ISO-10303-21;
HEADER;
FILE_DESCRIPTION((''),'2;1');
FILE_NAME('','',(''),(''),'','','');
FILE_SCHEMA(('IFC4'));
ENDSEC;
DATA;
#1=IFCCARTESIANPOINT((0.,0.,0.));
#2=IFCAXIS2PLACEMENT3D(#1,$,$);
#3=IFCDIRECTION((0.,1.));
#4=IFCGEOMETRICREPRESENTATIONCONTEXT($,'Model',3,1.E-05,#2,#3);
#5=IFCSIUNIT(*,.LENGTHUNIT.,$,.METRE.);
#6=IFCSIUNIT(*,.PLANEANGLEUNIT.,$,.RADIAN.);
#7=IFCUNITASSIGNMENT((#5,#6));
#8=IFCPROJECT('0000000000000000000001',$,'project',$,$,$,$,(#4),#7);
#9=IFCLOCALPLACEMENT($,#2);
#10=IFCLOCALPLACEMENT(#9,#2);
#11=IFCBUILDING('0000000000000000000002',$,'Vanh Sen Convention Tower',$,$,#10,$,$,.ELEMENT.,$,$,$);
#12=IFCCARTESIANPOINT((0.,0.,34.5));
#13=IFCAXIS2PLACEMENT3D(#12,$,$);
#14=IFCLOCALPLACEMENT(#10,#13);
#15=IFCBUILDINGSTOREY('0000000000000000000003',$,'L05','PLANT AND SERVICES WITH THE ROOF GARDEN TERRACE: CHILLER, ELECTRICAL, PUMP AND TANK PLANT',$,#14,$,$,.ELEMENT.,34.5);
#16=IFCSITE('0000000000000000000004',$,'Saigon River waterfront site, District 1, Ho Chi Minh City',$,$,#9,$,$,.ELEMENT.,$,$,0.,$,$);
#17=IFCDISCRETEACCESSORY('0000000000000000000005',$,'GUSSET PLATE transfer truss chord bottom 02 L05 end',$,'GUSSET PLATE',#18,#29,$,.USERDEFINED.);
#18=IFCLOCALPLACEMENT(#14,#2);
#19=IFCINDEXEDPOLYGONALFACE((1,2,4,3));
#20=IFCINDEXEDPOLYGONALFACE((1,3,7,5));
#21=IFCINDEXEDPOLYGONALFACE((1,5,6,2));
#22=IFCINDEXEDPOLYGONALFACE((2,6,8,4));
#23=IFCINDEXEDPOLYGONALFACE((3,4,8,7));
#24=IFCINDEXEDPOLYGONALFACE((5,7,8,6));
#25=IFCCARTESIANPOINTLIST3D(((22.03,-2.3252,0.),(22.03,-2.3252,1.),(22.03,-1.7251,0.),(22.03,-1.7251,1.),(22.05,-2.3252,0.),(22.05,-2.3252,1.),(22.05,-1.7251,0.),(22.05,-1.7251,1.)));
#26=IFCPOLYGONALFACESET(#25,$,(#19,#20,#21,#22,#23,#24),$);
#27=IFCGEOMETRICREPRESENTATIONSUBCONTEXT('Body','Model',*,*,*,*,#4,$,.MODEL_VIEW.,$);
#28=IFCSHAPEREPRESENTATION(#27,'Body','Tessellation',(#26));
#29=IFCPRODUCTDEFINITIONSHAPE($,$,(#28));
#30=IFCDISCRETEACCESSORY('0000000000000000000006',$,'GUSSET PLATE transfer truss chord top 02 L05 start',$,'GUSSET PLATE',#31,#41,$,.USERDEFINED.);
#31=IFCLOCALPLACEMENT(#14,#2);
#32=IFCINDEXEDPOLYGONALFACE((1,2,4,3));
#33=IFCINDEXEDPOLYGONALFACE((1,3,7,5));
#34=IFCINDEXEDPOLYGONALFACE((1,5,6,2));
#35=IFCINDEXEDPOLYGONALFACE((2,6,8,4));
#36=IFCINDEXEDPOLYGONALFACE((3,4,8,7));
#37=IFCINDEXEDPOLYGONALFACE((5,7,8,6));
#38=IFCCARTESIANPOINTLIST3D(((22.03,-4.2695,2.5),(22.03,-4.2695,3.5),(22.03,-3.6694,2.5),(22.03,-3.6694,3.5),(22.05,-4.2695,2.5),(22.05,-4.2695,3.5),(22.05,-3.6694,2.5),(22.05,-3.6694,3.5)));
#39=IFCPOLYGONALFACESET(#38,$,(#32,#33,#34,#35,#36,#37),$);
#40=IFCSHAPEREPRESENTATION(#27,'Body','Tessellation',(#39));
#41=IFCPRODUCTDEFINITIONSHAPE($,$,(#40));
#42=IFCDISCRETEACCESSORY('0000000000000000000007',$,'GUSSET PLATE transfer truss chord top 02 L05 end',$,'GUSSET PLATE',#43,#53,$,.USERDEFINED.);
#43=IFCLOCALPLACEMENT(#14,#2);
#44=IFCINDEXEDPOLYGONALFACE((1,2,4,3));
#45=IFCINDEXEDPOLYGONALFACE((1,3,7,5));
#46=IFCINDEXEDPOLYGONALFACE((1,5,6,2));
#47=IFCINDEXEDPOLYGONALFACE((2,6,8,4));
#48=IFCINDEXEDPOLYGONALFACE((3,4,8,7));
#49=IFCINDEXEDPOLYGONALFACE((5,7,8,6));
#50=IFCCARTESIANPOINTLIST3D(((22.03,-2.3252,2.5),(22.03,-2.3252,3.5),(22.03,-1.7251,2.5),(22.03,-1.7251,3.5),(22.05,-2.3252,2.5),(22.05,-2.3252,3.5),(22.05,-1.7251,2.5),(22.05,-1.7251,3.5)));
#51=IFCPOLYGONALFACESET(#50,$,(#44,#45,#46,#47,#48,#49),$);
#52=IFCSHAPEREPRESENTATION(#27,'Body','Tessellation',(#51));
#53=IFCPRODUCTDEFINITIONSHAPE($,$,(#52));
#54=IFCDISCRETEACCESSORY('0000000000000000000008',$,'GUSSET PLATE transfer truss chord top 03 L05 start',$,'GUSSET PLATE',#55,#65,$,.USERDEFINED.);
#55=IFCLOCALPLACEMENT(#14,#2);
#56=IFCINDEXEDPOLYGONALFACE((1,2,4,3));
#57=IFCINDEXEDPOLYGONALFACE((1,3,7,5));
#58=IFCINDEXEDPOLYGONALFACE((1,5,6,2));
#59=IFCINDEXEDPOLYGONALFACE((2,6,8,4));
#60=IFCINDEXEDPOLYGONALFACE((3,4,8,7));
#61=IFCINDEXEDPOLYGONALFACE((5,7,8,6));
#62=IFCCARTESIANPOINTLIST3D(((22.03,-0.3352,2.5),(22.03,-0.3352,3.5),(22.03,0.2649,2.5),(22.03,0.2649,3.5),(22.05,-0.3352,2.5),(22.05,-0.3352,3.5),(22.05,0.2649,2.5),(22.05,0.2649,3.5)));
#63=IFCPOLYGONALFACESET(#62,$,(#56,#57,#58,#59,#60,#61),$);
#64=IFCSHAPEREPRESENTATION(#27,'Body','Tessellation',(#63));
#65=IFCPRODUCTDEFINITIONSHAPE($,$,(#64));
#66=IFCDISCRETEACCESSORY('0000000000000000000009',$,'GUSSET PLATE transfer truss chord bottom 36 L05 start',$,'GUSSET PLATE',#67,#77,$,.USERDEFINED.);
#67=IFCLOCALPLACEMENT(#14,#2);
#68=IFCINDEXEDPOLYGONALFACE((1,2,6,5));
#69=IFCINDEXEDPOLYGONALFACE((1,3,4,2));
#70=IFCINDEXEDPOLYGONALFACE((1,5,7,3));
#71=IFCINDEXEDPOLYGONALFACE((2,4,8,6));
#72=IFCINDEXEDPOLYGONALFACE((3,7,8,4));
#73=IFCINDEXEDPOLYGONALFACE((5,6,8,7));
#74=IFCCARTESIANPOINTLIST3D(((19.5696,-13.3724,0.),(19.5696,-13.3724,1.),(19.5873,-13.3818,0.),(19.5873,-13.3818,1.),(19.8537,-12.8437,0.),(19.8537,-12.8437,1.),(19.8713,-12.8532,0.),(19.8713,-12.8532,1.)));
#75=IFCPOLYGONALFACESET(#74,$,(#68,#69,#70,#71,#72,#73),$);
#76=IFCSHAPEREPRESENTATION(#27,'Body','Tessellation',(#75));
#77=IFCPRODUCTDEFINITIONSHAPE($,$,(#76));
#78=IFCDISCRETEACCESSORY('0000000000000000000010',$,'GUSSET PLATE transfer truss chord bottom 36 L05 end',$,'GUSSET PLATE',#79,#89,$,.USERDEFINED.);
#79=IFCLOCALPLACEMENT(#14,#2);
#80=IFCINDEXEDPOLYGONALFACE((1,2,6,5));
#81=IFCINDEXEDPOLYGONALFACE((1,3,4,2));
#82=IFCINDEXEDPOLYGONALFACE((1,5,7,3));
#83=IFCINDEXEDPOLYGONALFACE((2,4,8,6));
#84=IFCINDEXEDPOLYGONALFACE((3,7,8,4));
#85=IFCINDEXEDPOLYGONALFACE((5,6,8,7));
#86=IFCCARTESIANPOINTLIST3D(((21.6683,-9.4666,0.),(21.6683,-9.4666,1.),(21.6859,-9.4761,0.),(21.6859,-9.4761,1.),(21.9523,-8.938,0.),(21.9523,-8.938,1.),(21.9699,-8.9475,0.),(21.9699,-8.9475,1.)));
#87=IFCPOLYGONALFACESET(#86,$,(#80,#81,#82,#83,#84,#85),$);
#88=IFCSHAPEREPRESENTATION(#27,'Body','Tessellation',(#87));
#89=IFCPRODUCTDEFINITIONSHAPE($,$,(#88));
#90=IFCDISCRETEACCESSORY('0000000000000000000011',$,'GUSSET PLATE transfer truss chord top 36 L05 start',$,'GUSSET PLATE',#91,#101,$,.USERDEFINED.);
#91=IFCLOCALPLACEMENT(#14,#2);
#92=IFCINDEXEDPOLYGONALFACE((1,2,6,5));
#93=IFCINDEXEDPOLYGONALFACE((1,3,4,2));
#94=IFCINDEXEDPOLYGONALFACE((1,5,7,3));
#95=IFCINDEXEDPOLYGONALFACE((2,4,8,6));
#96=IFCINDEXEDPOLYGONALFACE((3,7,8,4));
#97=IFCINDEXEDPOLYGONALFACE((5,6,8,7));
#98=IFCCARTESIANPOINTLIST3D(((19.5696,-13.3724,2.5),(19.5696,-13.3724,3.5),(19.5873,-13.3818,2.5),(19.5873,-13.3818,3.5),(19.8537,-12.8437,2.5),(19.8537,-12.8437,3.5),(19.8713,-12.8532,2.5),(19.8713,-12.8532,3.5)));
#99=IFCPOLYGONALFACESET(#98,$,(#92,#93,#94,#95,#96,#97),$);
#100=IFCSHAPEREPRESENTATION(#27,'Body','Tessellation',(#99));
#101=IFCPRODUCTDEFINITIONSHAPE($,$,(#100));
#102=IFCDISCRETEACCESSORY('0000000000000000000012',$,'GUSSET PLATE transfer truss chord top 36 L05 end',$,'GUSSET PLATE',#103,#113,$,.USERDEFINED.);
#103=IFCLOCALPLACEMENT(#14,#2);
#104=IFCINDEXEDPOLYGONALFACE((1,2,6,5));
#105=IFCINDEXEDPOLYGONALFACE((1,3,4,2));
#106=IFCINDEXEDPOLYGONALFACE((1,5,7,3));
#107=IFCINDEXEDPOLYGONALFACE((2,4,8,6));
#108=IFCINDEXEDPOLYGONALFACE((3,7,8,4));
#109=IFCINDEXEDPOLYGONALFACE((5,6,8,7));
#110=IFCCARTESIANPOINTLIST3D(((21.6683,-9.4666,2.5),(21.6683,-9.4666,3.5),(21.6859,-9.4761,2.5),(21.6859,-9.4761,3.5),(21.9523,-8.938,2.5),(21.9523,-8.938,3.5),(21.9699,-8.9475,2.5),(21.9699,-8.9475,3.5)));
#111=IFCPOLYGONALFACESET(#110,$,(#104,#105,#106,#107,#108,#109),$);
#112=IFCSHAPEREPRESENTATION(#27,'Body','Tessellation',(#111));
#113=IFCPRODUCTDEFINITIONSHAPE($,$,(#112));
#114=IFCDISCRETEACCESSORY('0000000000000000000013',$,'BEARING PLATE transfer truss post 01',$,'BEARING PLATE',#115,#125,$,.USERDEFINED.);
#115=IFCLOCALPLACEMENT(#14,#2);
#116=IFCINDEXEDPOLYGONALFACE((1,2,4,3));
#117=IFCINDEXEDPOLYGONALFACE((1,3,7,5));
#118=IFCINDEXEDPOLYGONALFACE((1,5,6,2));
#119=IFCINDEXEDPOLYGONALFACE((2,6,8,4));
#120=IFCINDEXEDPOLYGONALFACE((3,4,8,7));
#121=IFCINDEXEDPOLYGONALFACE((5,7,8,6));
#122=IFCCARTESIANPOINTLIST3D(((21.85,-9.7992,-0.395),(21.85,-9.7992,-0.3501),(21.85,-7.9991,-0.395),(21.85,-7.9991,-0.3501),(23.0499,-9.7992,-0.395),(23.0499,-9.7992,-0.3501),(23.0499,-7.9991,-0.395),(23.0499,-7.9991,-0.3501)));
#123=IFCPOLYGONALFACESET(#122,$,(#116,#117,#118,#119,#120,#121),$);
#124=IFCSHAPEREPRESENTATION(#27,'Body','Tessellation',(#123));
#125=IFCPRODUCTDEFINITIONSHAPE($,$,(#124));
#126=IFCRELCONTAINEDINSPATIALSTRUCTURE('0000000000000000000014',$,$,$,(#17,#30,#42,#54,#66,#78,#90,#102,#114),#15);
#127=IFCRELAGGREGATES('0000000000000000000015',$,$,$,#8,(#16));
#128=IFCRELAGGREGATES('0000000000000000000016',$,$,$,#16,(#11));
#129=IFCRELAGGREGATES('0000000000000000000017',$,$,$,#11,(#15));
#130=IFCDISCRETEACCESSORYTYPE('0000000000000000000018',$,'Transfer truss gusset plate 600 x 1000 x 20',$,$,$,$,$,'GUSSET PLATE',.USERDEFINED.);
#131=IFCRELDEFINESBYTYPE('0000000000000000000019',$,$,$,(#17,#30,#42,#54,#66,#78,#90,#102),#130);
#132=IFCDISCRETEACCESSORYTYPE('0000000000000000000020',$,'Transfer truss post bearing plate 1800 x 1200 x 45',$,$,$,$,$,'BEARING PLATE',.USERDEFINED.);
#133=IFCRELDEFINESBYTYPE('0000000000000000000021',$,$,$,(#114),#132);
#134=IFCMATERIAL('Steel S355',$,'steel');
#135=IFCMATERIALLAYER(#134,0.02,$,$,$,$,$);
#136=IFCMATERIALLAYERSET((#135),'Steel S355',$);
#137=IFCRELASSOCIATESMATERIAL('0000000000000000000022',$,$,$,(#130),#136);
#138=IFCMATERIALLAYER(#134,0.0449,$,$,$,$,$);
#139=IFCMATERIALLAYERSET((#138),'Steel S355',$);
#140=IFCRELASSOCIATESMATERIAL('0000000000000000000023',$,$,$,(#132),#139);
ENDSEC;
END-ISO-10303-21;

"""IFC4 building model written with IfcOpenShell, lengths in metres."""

from ifc_helpers import new_model, si_unit, direction, frame, origin, origin_2d, place, context, subcontext, project, spatial, rectangle, extrude, material, layer, layer_set, type_object, element, save


model = new_model("IFC4")

# Units and contexts
model_context = context("Model", 3, precision=1e-05, world=origin(), true_north=direction((0.0, 1.0)))
body_context = subcontext(model_context, "Body", "Model", "MODEL_VIEW")
ifc_project = project(units=[si_unit("LENGTHUNIT", "METRE"), si_unit("PLANEANGLEUNIT", "RADIAN")], contexts=[model_context])

# Site, building, storey
site_placement = place(None, origin())
site = spatial("IfcSite", under=ifc_project, at=site_placement, Name="Saigon River waterfront site, District 1, Ho Chi Minh City", CompositionType="ELEMENT", RefElevation=0.0)
building_placement = place(site_placement, origin())
building = spatial("IfcBuilding", under=site, at=building_placement, Name="Vanh Sen Convention Tower", CompositionType="ELEMENT")
storey_placement = place(building_placement, frame((0.0, 0.0, 34.5)))
storey = spatial("IfcBuildingStorey", under=building, at=storey_placement, Name="L05", Description="PLANT AND SERVICES WITH THE ROOF GARDEN TERRACE: CHILLER, ELECTRICAL, PUMP AND TANK PLANT", CompositionType="ELEMENT", Elevation=34.5)

# Shared definitions
ifc_material_1 = material(Name="Steel S355", Category="steel")

# Discrete accessories
ifc_layer_1 = layer(ifc_material_1, 0.02)
ifc_layer_set_1 = layer_set([ifc_layer_1], Name="Steel S355")
discrete_accessory_type_1 = type_object("IfcDiscreteAccessoryType", Name="Transfer truss gusset plate 600 x 1000 x 20", ElementType="GUSSET PLATE", PredefinedType="USERDEFINED", material=ifc_layer_set_1)
for number, where, z_axis, x_axis, name in (
    (1, (22.04, -2.0251, 0.0), (0.0, 0.0, 1.0), (0.0, -1.0, 0.0), "GUSSET PLATE transfer truss chord bottom 02 L05 end"),
    (2, (22.04, -3.9695, 2.5), (0.0, 0.0, 1.0), (0.0, 1.0, 0.0), "GUSSET PLATE transfer truss chord top 02 L05 start"),
    (3, (22.04, -2.0251, 2.5), (0.0, 0.0, 1.0), (0.0, -1.0, 0.0), "GUSSET PLATE transfer truss chord top 02 L05 end"),
    (4, (22.04, -0.0352, 2.5), (0.0, 0.0, 1.0), (0.0, 1.0, 0.0), "GUSSET PLATE transfer truss chord top 03 L05 start"),
    (5, (19.7205, -13.1128, 0.0), (0.0, 0.0, 1.0), (0.473323, 0.880889, 0.0), "GUSSET PLATE transfer truss chord bottom 36 L05 start"),
    (6, (21.8191, -9.207, 0.0), (0.0, 0.0, 1.0), (-0.473323, -0.880889, 0.0), "GUSSET PLATE transfer truss chord bottom 36 L05 end"),
    (7, (19.7205, -13.1128, 2.5), (0.0, 0.0, 1.0), (0.473323, 0.880889, 0.0), "GUSSET PLATE transfer truss chord top 36 L05 start"),
    (8, (21.8191, -9.207, 2.5), (0.0, 0.0, 1.0), (-0.473323, -0.880889, 0.0), "GUSSET PLATE transfer truss chord top 36 L05 end"),
):
    element("IfcDiscreteAccessory", number, at=place(storey_placement, frame(where, z_axis=z_axis, x_axis=x_axis)), inside=storey, type_object=discrete_accessory_type_1, Name=name, ObjectType="GUSSET PLATE", PredefinedType="USERDEFINED", context=body_context, shape_type="SweptSolid", body=[
        extrude(rectangle(XDim=0.6001, YDim=0.02, at=origin_2d()), origin(), (0.0, 0.0, 1.0), 1.0),
    ])
ifc_layer_2 = layer(ifc_material_1, 0.0449)
ifc_layer_set_2 = layer_set([ifc_layer_2], Name="Steel S355")
discrete_accessory_type_2 = type_object("IfcDiscreteAccessoryType", Name="Transfer truss post bearing plate 1800 x 1200 x 45", ElementType="BEARING PLATE", PredefinedType="USERDEFINED", material=ifc_layer_set_2)
discrete_accessory_placement = place(storey_placement, frame((22.45, -8.8992, -0.395), z_axis=(0.0, 0.0, 1.0), x_axis=(0.0, 1.0, 0.0)))
element("IfcDiscreteAccessory", 9, at=discrete_accessory_placement, inside=storey, type_object=discrete_accessory_type_2, Name="BEARING PLATE transfer truss post 01", ObjectType="BEARING PLATE", PredefinedType="USERDEFINED", context=body_context, shape_type="SweptSolid", body=[
    extrude(rectangle(XDim=1.8, YDim=1.2, at=origin_2d()), origin(), (0.0, 0.0, 1.0), 0.0449),
])

save(model, "model.ifc")
